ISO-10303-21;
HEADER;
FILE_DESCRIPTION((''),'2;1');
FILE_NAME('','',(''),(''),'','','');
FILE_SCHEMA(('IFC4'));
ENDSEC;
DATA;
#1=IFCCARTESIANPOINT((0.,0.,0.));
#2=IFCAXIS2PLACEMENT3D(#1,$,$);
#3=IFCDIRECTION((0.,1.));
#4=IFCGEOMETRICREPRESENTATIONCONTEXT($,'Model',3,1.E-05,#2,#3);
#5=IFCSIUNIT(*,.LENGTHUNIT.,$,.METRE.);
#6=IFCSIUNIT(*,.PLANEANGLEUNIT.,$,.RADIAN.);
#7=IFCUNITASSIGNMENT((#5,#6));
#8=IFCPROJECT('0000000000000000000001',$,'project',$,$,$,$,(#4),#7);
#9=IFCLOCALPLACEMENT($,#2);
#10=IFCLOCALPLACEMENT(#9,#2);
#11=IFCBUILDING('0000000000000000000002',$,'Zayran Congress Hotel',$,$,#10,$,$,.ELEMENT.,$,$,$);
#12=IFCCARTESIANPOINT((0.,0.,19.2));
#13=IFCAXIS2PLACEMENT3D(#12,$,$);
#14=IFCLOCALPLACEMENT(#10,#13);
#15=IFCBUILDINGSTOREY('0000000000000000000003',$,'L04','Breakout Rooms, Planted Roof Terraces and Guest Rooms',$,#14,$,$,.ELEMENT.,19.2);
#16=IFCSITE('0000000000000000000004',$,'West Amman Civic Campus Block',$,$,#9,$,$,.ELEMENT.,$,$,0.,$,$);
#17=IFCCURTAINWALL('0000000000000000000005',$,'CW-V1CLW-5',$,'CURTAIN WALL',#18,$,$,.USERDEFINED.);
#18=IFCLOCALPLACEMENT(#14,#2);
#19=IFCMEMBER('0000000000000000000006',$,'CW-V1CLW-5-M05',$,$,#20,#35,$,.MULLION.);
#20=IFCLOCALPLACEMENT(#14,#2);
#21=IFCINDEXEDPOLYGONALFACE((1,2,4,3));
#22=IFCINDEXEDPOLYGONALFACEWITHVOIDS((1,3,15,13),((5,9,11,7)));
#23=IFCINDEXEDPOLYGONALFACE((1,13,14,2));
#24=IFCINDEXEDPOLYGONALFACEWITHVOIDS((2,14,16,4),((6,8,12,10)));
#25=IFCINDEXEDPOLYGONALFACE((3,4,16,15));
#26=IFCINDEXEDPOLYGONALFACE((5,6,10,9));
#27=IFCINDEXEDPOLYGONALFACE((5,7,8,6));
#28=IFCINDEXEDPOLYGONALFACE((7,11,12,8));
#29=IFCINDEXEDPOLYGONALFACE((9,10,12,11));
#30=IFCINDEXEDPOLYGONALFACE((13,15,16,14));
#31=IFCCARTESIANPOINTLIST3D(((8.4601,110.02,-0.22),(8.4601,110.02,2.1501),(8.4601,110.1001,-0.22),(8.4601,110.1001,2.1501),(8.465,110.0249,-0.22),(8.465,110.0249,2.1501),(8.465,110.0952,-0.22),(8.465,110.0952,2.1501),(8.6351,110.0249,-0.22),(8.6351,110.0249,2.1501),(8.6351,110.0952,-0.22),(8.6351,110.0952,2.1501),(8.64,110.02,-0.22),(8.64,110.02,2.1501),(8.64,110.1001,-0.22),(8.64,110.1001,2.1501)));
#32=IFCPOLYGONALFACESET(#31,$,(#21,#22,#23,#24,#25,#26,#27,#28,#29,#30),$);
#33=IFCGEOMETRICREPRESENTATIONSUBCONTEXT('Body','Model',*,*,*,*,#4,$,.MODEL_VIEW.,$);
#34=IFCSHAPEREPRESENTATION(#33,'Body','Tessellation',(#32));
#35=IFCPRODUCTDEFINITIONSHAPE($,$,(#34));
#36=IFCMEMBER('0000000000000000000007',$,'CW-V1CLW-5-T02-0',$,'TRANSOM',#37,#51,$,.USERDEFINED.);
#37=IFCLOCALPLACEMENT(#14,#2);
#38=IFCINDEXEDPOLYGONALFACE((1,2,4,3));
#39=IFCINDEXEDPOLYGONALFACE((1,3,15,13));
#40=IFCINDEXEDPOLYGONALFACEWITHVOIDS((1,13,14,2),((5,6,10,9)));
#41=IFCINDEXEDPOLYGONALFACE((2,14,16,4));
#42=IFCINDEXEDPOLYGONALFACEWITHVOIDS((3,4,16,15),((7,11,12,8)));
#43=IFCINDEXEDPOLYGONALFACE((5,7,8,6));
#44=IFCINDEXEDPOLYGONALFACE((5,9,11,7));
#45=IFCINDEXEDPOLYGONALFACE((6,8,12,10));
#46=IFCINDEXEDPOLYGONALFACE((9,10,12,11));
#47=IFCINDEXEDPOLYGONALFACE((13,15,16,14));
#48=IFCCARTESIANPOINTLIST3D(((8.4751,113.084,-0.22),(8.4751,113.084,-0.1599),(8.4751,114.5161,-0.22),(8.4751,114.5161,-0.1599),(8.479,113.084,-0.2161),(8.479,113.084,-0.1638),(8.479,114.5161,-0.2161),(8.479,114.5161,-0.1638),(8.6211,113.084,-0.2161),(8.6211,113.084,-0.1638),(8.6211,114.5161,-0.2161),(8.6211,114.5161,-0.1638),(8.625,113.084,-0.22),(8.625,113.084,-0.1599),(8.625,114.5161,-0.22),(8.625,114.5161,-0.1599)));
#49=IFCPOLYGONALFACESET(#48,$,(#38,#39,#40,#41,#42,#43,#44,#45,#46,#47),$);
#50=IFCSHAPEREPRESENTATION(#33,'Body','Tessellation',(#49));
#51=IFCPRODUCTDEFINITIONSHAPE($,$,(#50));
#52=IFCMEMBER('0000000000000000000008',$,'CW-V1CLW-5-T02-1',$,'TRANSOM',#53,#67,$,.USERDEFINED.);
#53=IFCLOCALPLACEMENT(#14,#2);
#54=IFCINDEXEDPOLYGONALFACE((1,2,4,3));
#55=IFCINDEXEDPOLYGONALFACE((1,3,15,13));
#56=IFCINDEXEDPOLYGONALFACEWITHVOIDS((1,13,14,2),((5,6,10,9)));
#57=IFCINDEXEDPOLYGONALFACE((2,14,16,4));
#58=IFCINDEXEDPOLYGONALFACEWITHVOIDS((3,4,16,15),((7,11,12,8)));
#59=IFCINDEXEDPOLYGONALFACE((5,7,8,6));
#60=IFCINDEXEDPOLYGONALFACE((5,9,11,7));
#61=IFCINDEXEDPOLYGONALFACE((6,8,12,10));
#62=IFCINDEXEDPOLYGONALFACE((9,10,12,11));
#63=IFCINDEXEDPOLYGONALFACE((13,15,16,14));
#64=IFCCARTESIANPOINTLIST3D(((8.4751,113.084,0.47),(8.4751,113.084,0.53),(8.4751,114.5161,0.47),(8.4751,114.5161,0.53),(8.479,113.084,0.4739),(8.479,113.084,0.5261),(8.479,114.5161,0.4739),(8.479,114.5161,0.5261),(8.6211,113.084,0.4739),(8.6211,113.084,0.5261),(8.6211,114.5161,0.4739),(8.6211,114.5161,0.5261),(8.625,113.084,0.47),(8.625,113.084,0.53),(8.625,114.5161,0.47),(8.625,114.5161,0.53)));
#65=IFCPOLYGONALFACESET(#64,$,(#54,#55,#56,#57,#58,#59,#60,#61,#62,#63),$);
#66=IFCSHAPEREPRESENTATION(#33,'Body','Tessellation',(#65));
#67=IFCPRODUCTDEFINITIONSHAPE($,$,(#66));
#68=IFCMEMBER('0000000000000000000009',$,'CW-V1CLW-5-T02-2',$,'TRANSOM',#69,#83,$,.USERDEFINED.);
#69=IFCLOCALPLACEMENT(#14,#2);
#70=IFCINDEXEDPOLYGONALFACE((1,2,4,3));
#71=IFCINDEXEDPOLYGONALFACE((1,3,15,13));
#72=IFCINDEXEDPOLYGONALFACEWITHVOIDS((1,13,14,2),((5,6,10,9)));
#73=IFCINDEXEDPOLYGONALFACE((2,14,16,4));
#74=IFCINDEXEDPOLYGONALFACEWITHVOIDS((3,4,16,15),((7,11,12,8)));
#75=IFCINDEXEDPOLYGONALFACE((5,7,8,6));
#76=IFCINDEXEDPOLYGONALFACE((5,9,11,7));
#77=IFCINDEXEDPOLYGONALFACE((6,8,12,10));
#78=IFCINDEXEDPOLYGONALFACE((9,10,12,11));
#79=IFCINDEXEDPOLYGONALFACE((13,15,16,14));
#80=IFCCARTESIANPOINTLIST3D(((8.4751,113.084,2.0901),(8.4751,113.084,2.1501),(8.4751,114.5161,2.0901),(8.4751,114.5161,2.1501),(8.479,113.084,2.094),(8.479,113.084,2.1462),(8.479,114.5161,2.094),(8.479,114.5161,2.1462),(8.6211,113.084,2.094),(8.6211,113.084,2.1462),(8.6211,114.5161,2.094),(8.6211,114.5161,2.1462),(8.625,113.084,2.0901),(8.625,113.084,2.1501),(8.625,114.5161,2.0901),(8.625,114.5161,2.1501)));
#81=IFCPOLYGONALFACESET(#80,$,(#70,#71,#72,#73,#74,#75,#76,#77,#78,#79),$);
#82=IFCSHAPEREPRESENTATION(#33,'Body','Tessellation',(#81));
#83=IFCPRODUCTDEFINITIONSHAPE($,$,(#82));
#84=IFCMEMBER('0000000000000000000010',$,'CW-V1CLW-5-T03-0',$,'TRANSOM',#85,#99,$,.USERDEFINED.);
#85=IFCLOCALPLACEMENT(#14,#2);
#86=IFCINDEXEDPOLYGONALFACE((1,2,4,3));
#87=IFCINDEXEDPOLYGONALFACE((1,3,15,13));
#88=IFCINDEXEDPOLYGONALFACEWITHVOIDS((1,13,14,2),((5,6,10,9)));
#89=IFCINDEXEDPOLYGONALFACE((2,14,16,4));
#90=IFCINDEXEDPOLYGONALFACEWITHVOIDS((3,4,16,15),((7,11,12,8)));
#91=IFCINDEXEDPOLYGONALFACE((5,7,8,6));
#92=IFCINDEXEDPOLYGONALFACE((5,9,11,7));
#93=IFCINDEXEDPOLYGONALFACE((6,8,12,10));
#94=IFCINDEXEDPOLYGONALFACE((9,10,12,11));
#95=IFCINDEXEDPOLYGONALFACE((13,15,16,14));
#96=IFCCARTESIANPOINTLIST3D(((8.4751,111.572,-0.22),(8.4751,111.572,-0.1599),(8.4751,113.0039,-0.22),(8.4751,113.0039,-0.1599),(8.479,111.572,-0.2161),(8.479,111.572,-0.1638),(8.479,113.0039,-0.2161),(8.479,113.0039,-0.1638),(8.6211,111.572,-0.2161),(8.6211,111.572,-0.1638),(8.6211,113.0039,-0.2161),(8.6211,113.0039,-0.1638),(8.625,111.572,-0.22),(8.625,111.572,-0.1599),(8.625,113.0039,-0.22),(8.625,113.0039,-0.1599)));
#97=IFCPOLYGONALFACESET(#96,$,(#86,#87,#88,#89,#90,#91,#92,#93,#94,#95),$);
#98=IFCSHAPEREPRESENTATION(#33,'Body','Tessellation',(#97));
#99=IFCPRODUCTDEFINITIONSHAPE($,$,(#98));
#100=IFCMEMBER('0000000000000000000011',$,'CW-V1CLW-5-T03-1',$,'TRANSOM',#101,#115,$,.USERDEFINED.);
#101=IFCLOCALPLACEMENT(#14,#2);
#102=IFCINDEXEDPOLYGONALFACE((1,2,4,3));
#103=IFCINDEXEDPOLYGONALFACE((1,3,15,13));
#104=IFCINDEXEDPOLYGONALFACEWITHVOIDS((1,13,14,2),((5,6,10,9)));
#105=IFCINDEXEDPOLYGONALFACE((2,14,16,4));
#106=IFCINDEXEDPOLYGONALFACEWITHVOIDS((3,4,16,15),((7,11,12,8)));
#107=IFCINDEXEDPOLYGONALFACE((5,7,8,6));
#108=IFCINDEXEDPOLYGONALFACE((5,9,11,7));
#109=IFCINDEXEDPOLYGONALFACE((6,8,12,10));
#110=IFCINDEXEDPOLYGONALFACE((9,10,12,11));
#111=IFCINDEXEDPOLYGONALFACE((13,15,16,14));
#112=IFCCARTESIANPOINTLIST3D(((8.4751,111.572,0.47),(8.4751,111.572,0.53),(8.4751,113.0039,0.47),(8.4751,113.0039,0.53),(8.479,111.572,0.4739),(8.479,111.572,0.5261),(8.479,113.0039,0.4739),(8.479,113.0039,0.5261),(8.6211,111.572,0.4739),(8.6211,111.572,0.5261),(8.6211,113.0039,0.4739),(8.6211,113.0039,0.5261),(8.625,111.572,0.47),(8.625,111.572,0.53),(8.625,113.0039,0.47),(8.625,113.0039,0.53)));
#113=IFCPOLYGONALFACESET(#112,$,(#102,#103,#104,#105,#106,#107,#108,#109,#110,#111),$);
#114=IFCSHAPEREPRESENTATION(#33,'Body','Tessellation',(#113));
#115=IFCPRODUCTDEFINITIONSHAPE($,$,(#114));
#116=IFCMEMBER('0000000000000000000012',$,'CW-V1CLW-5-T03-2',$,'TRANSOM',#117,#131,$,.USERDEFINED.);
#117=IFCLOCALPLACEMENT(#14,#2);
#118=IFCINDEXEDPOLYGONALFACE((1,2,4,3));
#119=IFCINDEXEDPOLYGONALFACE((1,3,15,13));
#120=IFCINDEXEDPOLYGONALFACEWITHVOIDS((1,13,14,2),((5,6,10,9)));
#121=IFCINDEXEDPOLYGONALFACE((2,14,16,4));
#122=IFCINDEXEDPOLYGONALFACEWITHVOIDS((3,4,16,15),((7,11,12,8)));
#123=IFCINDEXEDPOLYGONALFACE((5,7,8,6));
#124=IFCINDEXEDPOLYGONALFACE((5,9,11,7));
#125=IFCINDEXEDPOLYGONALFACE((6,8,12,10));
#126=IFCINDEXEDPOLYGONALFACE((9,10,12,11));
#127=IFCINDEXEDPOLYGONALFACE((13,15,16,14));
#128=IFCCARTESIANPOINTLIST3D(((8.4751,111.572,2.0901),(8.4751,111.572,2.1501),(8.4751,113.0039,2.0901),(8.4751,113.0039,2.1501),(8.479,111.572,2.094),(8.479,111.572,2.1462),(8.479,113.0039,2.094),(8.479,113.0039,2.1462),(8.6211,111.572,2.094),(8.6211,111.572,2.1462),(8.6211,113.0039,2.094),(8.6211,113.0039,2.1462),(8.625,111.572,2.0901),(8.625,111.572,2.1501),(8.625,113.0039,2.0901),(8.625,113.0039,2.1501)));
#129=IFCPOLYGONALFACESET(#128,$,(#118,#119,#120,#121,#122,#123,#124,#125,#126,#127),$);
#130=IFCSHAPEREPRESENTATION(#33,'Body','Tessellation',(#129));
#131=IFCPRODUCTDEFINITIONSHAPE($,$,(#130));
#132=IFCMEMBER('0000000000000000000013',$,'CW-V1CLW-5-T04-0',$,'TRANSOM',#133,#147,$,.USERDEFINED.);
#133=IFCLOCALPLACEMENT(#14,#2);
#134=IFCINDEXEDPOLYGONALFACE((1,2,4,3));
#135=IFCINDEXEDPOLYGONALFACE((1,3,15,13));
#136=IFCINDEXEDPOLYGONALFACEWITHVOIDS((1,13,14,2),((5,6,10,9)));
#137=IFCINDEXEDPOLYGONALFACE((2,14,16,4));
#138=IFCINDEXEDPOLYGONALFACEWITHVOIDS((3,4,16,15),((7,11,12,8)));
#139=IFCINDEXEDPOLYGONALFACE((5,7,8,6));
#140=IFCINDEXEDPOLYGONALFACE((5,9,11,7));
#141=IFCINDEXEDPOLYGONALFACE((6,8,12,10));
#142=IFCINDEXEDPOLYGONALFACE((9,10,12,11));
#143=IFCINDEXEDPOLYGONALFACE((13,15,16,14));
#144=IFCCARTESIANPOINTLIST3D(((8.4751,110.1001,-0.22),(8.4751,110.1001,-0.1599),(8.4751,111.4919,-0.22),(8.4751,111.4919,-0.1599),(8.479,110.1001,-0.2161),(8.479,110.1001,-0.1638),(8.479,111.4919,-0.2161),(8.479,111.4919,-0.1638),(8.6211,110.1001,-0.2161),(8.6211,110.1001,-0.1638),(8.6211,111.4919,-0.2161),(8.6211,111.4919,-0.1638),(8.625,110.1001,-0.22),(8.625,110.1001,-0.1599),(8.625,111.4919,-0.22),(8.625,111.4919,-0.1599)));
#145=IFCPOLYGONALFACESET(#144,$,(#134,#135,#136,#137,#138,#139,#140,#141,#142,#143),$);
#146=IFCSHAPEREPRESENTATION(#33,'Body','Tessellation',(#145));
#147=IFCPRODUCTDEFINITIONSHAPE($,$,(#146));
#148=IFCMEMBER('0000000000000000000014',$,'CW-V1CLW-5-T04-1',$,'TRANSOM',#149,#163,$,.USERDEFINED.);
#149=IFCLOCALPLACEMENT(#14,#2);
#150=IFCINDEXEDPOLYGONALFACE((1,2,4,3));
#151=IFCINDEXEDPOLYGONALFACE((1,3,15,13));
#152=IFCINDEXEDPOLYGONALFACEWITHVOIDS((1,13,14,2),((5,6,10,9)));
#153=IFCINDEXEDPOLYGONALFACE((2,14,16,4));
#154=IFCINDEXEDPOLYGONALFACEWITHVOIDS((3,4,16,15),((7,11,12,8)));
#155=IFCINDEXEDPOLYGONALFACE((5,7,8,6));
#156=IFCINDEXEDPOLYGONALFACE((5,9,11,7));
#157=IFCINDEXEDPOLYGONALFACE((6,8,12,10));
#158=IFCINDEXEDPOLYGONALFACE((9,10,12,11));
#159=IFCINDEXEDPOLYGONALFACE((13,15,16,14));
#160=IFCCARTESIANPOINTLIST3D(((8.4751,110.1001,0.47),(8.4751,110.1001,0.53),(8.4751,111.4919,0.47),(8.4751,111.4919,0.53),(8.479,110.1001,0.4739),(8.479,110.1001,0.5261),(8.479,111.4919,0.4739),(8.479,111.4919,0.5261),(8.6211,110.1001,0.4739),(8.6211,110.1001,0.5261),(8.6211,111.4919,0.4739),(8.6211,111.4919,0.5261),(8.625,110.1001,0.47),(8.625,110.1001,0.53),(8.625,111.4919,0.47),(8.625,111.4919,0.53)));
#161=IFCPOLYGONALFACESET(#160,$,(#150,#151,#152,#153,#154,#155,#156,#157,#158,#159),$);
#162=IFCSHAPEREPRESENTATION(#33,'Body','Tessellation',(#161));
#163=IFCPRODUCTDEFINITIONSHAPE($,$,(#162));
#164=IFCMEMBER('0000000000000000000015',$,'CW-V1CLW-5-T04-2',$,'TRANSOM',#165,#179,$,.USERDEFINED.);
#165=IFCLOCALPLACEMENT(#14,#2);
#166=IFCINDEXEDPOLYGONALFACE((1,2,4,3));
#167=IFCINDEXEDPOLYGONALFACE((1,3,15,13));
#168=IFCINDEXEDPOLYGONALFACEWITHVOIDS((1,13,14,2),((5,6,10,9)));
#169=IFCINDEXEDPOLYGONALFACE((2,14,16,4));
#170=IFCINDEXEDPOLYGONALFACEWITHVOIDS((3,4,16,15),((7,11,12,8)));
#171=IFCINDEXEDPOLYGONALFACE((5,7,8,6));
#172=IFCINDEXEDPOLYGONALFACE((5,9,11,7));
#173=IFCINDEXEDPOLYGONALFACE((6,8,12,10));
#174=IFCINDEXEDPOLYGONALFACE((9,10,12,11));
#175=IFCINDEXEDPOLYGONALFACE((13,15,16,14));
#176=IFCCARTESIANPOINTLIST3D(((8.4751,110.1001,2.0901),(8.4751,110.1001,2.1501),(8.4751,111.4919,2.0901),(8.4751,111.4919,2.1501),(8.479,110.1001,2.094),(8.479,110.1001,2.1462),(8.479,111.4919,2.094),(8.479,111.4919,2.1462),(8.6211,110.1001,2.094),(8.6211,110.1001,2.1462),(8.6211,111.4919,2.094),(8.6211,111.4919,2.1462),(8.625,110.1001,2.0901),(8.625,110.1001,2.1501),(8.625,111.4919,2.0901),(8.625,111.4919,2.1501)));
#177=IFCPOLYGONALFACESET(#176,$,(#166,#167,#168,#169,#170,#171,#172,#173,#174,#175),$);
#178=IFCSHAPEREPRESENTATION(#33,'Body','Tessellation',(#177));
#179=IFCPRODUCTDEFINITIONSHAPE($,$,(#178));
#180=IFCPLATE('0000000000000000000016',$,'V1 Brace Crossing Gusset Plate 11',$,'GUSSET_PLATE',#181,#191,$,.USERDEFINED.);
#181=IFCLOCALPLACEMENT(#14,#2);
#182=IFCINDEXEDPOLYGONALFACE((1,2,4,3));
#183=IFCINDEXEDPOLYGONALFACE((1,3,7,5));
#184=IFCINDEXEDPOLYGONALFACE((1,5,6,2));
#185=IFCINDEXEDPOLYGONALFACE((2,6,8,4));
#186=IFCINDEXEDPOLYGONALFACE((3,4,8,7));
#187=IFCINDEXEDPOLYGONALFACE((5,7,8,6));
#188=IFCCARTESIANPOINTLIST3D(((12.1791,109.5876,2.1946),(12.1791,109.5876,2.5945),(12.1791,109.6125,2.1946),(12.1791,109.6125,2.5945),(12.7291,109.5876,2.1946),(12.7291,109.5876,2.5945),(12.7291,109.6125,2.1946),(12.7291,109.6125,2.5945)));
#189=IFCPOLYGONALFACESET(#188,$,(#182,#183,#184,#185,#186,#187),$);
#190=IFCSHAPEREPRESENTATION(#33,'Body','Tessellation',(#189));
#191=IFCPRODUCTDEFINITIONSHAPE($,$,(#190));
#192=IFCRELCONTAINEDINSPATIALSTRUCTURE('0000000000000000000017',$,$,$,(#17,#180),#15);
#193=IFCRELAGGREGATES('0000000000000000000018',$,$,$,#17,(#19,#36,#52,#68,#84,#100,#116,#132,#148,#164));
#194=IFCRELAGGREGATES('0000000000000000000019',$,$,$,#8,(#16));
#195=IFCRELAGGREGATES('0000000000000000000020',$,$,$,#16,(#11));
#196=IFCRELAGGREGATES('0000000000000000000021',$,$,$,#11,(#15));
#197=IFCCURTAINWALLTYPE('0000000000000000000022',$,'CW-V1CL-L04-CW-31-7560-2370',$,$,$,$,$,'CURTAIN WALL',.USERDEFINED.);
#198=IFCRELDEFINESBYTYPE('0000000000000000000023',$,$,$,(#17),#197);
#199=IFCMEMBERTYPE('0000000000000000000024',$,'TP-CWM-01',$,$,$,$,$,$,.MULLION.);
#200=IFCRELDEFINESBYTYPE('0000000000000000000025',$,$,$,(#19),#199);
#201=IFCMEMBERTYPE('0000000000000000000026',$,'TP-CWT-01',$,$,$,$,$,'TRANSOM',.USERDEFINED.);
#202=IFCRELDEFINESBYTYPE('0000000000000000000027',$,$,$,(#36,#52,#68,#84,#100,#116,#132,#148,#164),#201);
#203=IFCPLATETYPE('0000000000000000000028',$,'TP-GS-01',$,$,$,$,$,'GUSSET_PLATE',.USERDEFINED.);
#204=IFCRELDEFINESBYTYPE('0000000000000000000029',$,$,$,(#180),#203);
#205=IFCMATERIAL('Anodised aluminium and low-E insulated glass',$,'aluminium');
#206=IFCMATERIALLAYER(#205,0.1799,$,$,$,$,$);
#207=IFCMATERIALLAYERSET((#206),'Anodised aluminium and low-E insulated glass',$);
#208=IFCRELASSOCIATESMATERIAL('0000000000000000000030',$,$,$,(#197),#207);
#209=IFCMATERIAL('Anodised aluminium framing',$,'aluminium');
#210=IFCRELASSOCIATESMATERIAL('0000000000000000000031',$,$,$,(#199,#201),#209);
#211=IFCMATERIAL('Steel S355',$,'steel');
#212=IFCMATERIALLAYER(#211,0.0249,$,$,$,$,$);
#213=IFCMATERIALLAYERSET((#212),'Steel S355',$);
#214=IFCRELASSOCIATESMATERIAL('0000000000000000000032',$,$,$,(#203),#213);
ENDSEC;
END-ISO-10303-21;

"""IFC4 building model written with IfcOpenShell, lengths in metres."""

from ifc_helpers import new_model, si_unit, direction, frame, origin, origin_2d, place, context, subcontext, project, spatial, rectangle, hollow_rectangle, extrude, material, layer, layer_set, material_profile, profile_set, type_object, element, aggregate, save


model = new_model("IFC4")

# Units and contexts
model_context = context("Model", 3, precision=1e-05, world=origin(), true_north=direction((0.0, 1.0)))
body_context = subcontext(model_context, "Body", "Model", "MODEL_VIEW")
ifc_project = project(units=[si_unit("LENGTHUNIT", "METRE"), si_unit("PLANEANGLEUNIT", "RADIAN")], contexts=[model_context])

# Site, building, storey
site_placement = place(None, origin())
site = spatial("IfcSite", under=ifc_project, at=site_placement, Name="West Amman Civic Campus Block", CompositionType="ELEMENT", RefElevation=0.0)
building_placement = place(site_placement, origin())
building = spatial("IfcBuilding", under=site, at=building_placement, Name="Zayran Congress Hotel", CompositionType="ELEMENT")
storey_placement = place(building_placement, frame((0.0, 0.0, 19.2)))
storey = spatial("IfcBuildingStorey", under=building, at=storey_placement, Name="L04", Description="Breakout Rooms, Planted Roof Terraces and Guest Rooms", CompositionType="ELEMENT", Elevation=19.2)

# Shared definitions
ifc_material_1 = material(Name="Steel S355", Category="steel")

# Curtain wall, members
ifc_material_2 = material(Name="Anodised aluminium and low-E insulated glass", Category="aluminium")
ifc_layer_1 = layer(ifc_material_2, 0.1799)
ifc_layer_set_1 = layer_set([ifc_layer_1], Name="Anodised aluminium and low-E insulated glass")
curtain_wall_type = type_object("IfcCurtainWallType", Name="CW-V1CL-L04-CW-31-7560-2370", ElementType="CURTAIN WALL", PredefinedType="USERDEFINED", material=ifc_layer_set_1)
curtain_wall_placement = place(storey_placement, origin())
curtain_wall = element("IfcCurtainWall", 1, at=curtain_wall_placement, inside=storey, type_object=curtain_wall_type, Name="CW-V1CLW-5", ObjectType="CURTAIN WALL", PredefinedType="USERDEFINED")
ifc_material_3 = material(Name="Anodised aluminium framing", Category="aluminium")
ifc_material_profile_1 = material_profile(ifc_material_3, hollow_rectangle(XDim=0.0801, YDim=0.1799, WallThickness=0.0049, at=origin_2d()), Name="RHS 180x80x5")
ifc_profile_set_1 = profile_set([ifc_material_profile_1], Name="Anodised aluminium framing")
member_type_1 = type_object("IfcMemberType", Name="TP-CWM-01", PredefinedType="MULLION", material=ifc_profile_set_1)
member_1_placement = place(storey_placement, frame((8.55, 110.0601, -0.22), z_axis=(0.0, 0.0, 1.0), x_axis=(0.0, 1.0, 0.0)))
member_1 = element("IfcMember", 2, at=member_1_placement, type_object=member_type_1, Name="CW-V1CLW-5-M05", PredefinedType="MULLION", context=body_context, shape_type="SweptSolid", body=[
    extrude(hollow_rectangle(XDim=0.0801, YDim=0.1799, WallThickness=0.0049, at=origin_2d()), origin(), (0.0, 0.0, 1.0), 2.3701),
])
ifc_material_profile_2 = material_profile(ifc_material_3, hollow_rectangle(XDim=0.0601, YDim=0.1499, WallThickness=0.0039, at=origin_2d()), Name="RHS 150x60x4")
ifc_profile_set_2 = profile_set([ifc_material_profile_2], Name="Anodised aluminium framing")
member_type_2 = type_object("IfcMemberType", Name="TP-CWT-01", ElementType="TRANSOM", PredefinedType="USERDEFINED", material=ifc_profile_set_2)
member_2_placement = place(storey_placement, frame((8.55, 114.5161, -0.1899), z_axis=(0.0, -1.0, 0.0), x_axis=(0.0, 0.0, 1.0)))
member_2 = element("IfcMember", 3, at=member_2_placement, type_object=member_type_2, Name="CW-V1CLW-5-T02-0", ObjectType="TRANSOM", PredefinedType="USERDEFINED", context=body_context, shape_type="SweptSolid", body=[
    extrude(hollow_rectangle(XDim=0.0601, YDim=0.1499, WallThickness=0.0039, at=origin_2d()), origin(), (0.0, 0.0, 1.0), 1.4321),
])
member_3_placement = place(storey_placement, frame((8.55, 114.5161, 0.5), z_axis=(0.0, -1.0, 0.0), x_axis=(0.0, 0.0, 1.0)))
member_3 = element("IfcMember", 4, at=member_3_placement, type_object=member_type_2, Name="CW-V1CLW-5-T02-1", ObjectType="TRANSOM", PredefinedType="USERDEFINED", context=body_context, shape_type="SweptSolid", body=[
    extrude(hollow_rectangle(XDim=0.0601, YDim=0.1499, WallThickness=0.0039, at=origin_2d()), origin(), (0.0, 0.0, 1.0), 1.4321),
])
member_4_placement = place(storey_placement, frame((8.55, 114.5161, 2.1201), z_axis=(0.0, -1.0, 0.0), x_axis=(0.0, 0.0, 1.0)))
member_4 = element("IfcMember", 5, at=member_4_placement, type_object=member_type_2, Name="CW-V1CLW-5-T02-2", ObjectType="TRANSOM", PredefinedType="USERDEFINED", context=body_context, shape_type="SweptSolid", body=[
    extrude(hollow_rectangle(XDim=0.0601, YDim=0.1499, WallThickness=0.0039, at=origin_2d()), origin(), (0.0, 0.0, 1.0), 1.4321),
])
member_5_placement = place(storey_placement, frame((8.55, 113.0039, -0.1899), z_axis=(0.0, -1.0, 0.0), x_axis=(0.0, 0.0, 1.0)))
member_5 = element("IfcMember", 6, at=member_5_placement, type_object=member_type_2, Name="CW-V1CLW-5-T03-0", ObjectType="TRANSOM", PredefinedType="USERDEFINED", context=body_context, shape_type="SweptSolid", body=[
    extrude(hollow_rectangle(XDim=0.0601, YDim=0.1499, WallThickness=0.0039, at=origin_2d()), origin(), (0.0, 0.0, 1.0), 1.4319),
])
member_6_placement = place(storey_placement, frame((8.55, 113.0039, 0.5), z_axis=(0.0, -1.0, 0.0), x_axis=(0.0, 0.0, 1.0)))
member_6 = element("IfcMember", 7, at=member_6_placement, type_object=member_type_2, Name="CW-V1CLW-5-T03-1", ObjectType="TRANSOM", PredefinedType="USERDEFINED", context=body_context, shape_type="SweptSolid", body=[
    extrude(hollow_rectangle(XDim=0.0601, YDim=0.1499, WallThickness=0.0039, at=origin_2d()), origin(), (0.0, 0.0, 1.0), 1.4319),
])
member_7_placement = place(storey_placement, frame((8.55, 113.0039, 2.1201), z_axis=(0.0, -1.0, 0.0), x_axis=(0.0, 0.0, 1.0)))
member_7 = element("IfcMember", 8, at=member_7_placement, type_object=member_type_2, Name="CW-V1CLW-5-T03-2", ObjectType="TRANSOM", PredefinedType="USERDEFINED", context=body_context, shape_type="SweptSolid", body=[
    extrude(hollow_rectangle(XDim=0.0601, YDim=0.1499, WallThickness=0.0039, at=origin_2d()), origin(), (0.0, 0.0, 1.0), 1.4319),
])
member_8_placement = place(storey_placement, frame((8.55, 111.4919, -0.1899), z_axis=(0.0, -1.0, 0.0), x_axis=(0.0, 0.0, 1.0)))
member_8 = element("IfcMember", 9, at=member_8_placement, type_object=member_type_2, Name="CW-V1CLW-5-T04-0", ObjectType="TRANSOM", PredefinedType="USERDEFINED", context=body_context, shape_type="SweptSolid", body=[
    extrude(hollow_rectangle(XDim=0.0601, YDim=0.1499, WallThickness=0.0039, at=origin_2d()), origin(), (0.0, 0.0, 1.0), 1.3918),
])
member_9_placement = place(storey_placement, frame((8.55, 111.4919, 0.5), z_axis=(0.0, -1.0, 0.0), x_axis=(0.0, 0.0, 1.0)))
member_9 = element("IfcMember", 10, at=member_9_placement, type_object=member_type_2, Name="CW-V1CLW-5-T04-1", ObjectType="TRANSOM", PredefinedType="USERDEFINED", context=body_context, shape_type="SweptSolid", body=[
    extrude(hollow_rectangle(XDim=0.0601, YDim=0.1499, WallThickness=0.0039, at=origin_2d()), origin(), (0.0, 0.0, 1.0), 1.3918),
])
member_10_placement = place(storey_placement, frame((8.55, 111.4919, 2.1201), z_axis=(0.0, -1.0, 0.0), x_axis=(0.0, 0.0, 1.0)))
member_10 = element("IfcMember", 11, at=member_10_placement, type_object=member_type_2, Name="CW-V1CLW-5-T04-2", ObjectType="TRANSOM", PredefinedType="USERDEFINED", context=body_context, shape_type="SweptSolid", body=[
    extrude(hollow_rectangle(XDim=0.0601, YDim=0.1499, WallThickness=0.0039, at=origin_2d()), origin(), (0.0, 0.0, 1.0), 1.3918),
])

# Plate
ifc_layer_2 = layer(ifc_material_1, 0.0249)
ifc_layer_set_2 = layer_set([ifc_layer_2], Name="Steel S355")
plate_type_1 = type_object("IfcPlateType", Name="TP-GS-01", ElementType="GUSSET_PLATE", PredefinedType="USERDEFINED", material=ifc_layer_set_2)
plate_1_placement = place(storey_placement, frame((12.4541, 109.6001, 2.1946), z_axis=(0.0, 0.0, 1.0), x_axis=(1.0, 0.0, 0.0)))
element("IfcPlate", 12, at=plate_1_placement, inside=storey, type_object=plate_type_1, Name="V1 Brace Crossing Gusset Plate 11", ObjectType="GUSSET_PLATE", PredefinedType="USERDEFINED", context=body_context, shape_type="SweptSolid", body=[
    extrude(rectangle(XDim=0.55, YDim=0.0249, at=origin_2d()), origin(), (0.0, 0.0, 1.0), 0.3999),
])

aggregate(curtain_wall, [member_1, member_2, member_3, member_4, member_5, member_6, member_7, member_8, member_9, member_10])

save(model, "model.ifc")
